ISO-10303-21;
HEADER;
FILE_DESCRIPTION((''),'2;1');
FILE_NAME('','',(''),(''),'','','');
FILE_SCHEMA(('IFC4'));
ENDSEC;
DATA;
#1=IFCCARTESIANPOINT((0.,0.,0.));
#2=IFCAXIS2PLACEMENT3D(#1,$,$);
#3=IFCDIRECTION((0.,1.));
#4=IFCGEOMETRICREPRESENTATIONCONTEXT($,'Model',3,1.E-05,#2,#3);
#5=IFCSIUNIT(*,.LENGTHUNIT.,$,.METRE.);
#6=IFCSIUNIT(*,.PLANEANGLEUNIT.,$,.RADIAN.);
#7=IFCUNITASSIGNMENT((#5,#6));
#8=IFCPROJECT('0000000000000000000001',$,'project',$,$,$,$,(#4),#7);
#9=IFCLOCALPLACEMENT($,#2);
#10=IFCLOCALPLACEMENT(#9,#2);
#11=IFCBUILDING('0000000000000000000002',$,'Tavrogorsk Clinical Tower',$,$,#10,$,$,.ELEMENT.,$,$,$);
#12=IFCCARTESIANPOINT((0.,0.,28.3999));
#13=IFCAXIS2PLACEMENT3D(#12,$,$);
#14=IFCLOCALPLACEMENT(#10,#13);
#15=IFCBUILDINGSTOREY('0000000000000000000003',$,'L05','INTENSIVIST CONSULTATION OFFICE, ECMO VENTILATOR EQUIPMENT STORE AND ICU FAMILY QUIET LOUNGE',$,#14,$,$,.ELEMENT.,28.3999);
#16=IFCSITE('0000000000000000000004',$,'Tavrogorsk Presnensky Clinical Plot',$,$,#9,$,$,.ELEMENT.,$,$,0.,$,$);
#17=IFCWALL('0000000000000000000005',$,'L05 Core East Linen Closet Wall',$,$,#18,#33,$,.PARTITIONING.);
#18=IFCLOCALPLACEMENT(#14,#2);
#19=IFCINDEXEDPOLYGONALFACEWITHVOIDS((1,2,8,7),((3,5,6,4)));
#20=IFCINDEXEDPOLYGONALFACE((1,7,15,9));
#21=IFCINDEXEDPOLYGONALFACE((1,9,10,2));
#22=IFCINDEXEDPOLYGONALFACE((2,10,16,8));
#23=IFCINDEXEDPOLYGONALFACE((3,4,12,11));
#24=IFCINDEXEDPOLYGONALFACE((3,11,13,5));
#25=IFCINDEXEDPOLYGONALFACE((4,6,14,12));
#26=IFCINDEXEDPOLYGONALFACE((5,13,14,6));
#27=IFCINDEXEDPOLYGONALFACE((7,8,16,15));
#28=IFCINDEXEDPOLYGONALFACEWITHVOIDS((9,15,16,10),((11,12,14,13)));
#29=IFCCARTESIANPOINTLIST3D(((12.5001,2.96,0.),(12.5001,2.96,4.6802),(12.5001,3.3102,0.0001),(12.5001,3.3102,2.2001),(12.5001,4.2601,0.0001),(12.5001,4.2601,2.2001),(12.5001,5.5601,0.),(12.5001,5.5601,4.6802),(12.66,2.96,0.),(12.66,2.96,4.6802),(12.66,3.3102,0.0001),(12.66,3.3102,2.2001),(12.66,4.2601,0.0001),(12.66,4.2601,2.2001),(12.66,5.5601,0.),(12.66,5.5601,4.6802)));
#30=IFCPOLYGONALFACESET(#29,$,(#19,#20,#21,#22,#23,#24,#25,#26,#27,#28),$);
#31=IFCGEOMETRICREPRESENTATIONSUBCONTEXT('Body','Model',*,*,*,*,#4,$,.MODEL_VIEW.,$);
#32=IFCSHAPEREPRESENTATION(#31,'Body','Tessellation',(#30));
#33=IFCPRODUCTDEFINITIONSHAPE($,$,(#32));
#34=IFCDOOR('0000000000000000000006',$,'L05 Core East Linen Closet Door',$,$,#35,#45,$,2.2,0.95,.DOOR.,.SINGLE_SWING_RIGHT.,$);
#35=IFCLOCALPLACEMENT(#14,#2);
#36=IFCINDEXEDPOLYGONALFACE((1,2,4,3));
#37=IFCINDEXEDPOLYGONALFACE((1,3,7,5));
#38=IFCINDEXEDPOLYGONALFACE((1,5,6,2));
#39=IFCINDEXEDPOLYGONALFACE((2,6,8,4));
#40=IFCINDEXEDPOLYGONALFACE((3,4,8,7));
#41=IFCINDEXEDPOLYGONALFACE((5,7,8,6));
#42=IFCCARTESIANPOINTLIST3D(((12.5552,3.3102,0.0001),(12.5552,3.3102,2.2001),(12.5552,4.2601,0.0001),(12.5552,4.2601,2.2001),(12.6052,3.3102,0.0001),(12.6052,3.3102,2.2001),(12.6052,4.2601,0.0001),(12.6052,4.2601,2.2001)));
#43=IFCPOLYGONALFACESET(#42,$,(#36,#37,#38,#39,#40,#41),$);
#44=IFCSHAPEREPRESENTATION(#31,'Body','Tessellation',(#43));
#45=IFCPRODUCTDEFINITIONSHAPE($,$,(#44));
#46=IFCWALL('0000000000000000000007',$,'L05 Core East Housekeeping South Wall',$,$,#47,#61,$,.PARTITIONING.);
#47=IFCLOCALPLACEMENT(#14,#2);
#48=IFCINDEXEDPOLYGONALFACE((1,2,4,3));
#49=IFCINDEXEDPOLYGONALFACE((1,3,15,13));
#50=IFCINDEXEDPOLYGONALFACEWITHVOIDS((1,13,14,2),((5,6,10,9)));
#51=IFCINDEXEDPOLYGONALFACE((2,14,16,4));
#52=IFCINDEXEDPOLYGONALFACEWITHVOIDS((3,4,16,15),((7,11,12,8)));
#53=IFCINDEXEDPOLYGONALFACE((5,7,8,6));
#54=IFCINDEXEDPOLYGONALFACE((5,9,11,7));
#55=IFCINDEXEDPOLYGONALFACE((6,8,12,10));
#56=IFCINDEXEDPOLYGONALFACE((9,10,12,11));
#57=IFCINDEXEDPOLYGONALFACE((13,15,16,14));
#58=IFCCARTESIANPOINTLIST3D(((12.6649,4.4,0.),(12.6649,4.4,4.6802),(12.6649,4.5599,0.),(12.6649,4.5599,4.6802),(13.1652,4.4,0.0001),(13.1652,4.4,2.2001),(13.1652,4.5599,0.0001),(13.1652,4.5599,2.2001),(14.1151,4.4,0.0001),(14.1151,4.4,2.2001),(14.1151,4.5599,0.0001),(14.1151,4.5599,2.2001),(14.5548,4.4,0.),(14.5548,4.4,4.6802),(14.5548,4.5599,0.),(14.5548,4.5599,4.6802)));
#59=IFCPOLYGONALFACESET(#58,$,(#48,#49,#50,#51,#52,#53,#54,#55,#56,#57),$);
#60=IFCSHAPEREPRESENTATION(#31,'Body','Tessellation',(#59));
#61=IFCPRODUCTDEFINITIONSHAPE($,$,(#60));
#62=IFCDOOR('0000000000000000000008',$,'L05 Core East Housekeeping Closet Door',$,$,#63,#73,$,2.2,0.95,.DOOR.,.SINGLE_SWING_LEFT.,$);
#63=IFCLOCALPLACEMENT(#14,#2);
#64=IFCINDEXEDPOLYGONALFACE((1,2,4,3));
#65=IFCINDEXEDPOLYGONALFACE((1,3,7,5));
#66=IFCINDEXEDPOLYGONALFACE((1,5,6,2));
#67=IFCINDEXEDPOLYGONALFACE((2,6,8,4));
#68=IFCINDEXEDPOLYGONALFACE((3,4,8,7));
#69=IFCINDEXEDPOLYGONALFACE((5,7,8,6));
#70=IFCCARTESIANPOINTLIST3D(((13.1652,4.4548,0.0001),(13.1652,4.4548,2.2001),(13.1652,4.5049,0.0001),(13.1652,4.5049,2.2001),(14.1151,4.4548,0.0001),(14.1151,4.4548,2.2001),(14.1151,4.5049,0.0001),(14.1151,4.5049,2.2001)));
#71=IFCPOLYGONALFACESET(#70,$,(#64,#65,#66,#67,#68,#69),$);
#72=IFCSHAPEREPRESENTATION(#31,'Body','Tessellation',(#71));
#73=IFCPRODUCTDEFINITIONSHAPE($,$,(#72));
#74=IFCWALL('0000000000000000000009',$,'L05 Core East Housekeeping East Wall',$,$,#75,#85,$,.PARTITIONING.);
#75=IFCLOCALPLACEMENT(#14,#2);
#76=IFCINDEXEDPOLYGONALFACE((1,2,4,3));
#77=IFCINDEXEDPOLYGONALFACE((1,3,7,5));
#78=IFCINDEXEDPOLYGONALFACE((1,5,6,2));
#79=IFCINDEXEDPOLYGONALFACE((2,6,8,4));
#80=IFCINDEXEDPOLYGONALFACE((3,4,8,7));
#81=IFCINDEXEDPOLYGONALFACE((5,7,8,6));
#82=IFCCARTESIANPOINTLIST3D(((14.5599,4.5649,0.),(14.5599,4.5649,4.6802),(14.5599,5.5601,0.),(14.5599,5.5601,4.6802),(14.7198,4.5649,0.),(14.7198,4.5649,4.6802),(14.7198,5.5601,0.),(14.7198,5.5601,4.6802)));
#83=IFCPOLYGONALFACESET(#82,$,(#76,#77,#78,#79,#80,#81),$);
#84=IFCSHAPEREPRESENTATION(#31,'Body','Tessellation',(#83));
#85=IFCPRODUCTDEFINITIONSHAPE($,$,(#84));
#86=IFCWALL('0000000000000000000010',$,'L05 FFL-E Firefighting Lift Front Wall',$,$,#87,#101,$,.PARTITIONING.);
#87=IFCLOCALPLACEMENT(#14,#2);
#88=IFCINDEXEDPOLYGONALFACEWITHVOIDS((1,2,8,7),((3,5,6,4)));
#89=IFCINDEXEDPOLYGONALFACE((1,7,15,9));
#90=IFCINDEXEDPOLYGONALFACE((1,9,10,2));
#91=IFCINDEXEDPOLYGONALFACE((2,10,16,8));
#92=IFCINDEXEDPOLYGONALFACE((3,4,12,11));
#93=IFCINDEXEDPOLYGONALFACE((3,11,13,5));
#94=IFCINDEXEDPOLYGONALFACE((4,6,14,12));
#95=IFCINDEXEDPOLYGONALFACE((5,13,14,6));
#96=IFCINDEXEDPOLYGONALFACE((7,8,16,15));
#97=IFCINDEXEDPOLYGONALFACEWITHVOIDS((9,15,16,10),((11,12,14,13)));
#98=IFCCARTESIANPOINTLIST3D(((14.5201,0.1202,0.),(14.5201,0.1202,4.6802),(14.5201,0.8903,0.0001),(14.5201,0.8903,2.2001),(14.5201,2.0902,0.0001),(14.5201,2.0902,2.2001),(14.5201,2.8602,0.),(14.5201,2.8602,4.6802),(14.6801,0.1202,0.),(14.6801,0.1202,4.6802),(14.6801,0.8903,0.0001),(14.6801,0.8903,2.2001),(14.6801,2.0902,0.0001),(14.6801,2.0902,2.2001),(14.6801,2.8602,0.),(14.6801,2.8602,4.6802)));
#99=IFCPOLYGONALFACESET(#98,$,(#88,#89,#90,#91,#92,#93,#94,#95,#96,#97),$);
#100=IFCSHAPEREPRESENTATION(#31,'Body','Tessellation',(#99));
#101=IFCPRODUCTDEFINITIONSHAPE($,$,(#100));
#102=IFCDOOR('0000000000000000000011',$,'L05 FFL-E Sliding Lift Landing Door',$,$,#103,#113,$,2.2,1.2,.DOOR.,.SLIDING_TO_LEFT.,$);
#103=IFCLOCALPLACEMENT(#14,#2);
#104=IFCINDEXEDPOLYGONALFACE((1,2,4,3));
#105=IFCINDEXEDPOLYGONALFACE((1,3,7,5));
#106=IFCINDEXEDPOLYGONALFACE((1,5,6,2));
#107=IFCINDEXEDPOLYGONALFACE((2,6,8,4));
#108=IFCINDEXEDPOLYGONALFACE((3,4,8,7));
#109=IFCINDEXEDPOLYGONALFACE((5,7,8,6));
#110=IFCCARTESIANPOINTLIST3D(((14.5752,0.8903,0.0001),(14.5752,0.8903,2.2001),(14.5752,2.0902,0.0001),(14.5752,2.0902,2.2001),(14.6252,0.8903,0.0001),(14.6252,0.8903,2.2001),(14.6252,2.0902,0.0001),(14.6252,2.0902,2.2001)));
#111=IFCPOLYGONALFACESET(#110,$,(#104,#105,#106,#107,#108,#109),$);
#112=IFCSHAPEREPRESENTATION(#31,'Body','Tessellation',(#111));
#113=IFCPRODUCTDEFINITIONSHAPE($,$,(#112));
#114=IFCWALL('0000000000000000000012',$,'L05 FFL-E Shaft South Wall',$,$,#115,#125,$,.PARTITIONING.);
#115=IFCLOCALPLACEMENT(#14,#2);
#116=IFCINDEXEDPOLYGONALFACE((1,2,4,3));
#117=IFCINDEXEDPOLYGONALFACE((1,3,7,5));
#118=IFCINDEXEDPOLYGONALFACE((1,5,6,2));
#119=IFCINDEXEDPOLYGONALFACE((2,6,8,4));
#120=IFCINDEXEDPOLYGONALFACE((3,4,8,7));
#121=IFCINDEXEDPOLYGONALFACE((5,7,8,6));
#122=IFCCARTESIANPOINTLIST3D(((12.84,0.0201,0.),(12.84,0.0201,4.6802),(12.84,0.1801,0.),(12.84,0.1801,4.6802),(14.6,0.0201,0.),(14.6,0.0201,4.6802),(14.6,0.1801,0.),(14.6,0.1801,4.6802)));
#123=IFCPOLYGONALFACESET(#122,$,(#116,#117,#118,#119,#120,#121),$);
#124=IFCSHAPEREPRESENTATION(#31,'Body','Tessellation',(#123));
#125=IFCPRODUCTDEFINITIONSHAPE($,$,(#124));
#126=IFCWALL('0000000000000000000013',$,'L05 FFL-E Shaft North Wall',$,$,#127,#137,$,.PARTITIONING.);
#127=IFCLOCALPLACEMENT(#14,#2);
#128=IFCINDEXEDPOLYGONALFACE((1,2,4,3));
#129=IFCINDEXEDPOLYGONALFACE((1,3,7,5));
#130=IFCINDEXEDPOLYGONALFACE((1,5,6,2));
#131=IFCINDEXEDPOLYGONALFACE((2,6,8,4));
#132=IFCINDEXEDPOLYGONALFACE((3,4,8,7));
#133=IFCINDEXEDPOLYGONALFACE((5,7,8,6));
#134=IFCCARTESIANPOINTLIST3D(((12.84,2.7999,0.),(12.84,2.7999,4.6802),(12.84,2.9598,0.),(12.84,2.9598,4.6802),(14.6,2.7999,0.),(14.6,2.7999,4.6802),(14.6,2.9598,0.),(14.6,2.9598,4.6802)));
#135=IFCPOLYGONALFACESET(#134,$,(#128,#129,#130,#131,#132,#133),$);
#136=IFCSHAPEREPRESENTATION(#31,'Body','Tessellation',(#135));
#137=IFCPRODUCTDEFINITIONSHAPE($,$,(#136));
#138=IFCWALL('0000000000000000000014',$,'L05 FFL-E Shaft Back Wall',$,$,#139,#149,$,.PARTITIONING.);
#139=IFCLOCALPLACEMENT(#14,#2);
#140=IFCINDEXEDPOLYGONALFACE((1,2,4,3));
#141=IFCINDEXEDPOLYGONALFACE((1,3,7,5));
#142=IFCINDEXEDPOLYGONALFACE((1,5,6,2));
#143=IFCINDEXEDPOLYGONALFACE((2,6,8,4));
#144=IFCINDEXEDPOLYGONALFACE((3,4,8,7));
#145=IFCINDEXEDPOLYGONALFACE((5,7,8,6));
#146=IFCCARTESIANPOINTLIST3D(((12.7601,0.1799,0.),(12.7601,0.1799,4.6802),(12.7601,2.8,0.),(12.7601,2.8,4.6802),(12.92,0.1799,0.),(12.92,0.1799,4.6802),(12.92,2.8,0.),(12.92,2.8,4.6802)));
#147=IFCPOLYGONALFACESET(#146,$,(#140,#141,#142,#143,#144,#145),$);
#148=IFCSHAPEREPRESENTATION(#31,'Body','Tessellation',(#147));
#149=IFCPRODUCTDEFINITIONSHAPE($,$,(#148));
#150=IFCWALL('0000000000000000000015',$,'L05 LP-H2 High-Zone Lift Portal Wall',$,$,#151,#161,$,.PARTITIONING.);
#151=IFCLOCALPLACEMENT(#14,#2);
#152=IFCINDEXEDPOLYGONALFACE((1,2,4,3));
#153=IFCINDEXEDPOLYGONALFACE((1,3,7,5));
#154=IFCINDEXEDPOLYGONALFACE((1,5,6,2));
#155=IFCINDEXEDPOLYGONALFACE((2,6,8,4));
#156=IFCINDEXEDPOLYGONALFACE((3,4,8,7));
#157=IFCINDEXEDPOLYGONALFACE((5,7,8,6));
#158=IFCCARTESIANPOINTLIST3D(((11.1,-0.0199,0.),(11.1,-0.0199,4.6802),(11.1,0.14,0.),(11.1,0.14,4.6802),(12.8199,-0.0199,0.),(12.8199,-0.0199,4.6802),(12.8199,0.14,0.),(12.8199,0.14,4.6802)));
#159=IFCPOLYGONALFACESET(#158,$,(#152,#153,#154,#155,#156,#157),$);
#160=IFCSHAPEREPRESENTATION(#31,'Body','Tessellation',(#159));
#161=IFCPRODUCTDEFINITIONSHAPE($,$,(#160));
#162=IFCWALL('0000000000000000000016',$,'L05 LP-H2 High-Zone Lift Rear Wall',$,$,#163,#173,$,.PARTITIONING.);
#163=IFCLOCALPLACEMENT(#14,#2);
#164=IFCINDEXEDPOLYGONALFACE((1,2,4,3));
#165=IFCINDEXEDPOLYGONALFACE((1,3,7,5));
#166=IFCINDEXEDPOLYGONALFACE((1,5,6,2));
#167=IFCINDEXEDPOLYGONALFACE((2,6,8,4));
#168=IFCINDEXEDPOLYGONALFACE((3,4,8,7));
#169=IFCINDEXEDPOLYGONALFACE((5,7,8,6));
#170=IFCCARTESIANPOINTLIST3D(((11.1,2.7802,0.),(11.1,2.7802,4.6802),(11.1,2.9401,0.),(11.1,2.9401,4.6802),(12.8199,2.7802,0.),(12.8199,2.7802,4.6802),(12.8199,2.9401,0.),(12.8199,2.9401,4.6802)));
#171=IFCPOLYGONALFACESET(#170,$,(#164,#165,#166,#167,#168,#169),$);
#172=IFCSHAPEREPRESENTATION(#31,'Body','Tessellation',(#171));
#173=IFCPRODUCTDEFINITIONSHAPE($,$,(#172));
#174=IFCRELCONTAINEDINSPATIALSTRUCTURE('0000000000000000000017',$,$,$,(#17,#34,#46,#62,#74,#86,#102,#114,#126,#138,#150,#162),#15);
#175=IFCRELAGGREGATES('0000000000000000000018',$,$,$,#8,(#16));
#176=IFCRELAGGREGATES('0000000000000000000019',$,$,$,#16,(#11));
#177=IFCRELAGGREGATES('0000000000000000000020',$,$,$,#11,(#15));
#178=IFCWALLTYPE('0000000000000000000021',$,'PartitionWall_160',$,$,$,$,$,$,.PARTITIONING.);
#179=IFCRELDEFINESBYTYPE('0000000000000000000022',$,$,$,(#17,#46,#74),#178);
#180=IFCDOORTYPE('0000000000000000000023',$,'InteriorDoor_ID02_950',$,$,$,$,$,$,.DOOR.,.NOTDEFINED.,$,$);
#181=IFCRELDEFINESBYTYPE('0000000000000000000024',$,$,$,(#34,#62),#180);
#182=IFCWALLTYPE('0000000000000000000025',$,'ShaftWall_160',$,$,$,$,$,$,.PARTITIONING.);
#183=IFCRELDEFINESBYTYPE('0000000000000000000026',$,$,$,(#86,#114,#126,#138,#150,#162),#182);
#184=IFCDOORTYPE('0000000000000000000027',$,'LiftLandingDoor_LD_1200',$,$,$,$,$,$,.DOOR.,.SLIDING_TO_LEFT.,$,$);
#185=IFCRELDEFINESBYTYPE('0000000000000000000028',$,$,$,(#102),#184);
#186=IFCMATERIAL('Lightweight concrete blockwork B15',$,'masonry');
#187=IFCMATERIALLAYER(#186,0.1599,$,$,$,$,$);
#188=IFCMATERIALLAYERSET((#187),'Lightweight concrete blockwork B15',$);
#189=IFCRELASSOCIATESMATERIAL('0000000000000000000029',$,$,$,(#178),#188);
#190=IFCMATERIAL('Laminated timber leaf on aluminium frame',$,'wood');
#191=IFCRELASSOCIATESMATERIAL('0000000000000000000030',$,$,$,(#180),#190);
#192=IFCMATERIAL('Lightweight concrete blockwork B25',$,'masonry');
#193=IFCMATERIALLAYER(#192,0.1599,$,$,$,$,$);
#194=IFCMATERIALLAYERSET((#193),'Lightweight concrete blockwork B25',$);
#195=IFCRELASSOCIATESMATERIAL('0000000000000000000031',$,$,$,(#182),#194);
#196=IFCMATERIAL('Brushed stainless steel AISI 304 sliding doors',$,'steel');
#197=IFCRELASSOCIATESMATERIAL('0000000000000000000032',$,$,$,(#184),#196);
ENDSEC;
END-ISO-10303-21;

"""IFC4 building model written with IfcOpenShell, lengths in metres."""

from ifc_helpers import new_model, si_unit, direction, frame, frame_2d, origin, place, context, subcontext, project, spatial, rectangle, extrude, material, layer, layer_set, type_object, element, fill, save


model = new_model("IFC4")

# Units and contexts
model_context = context("Model", 3, precision=1e-05, world=origin(), true_north=direction((0.0, 1.0)))
body_context = subcontext(model_context, "Body", "Model", "MODEL_VIEW")
ifc_project = project(units=[si_unit("LENGTHUNIT", "METRE"), si_unit("PLANEANGLEUNIT", "RADIAN")], contexts=[model_context])

# Site, building, storey
site_placement = place(None, origin())
site = spatial("IfcSite", under=ifc_project, at=site_placement, Name="Tavrogorsk Presnensky Clinical Plot", CompositionType="ELEMENT", RefElevation=0.0)
building_placement = place(site_placement, origin())
building = spatial("IfcBuilding", under=site, at=building_placement, Name="Tavrogorsk Clinical Tower", CompositionType="ELEMENT")
storey_placement = place(building_placement, frame((0.0, 0.0, 28.3999)))
storey = spatial("IfcBuildingStorey", under=building, at=storey_placement, Name="L05", Description="INTENSIVIST CONSULTATION OFFICE, ECMO VENTILATOR EQUIPMENT STORE AND ICU FAMILY QUIET LOUNGE", CompositionType="ELEMENT", Elevation=28.3999)

# Walls, openings, doors
ifc_material_1 = material(Name="Lightweight concrete blockwork B15", Category="masonry")
ifc_layer_1 = layer(ifc_material_1, 0.1599)
ifc_layer_set_1 = layer_set([ifc_layer_1], Name="Lightweight concrete blockwork B15")
wall_type_1 = type_object("IfcWallType", Name="PartitionWall_160", PredefinedType="PARTITIONING", material=ifc_layer_set_1)
wall_1_placement = place(storey_placement, frame((12.5801, 2.96, 0.0), z_axis=(0.0, 0.0, 1.0), x_axis=(0.0, 1.0, 0.0)))
wall_1 = element("IfcWall", 1, at=wall_1_placement, inside=storey, type_object=wall_type_1, Name="L05 Core East Linen Closet Wall", PredefinedType="PARTITIONING", context=body_context, shape_type="SweptSolid", body=[
    extrude(rectangle(XDim=2.6001, YDim=0.1599, at=frame_2d((1.3, 0.0))), origin(), (0.0, 0.0, 1.0), 4.6802),
])
opening_1_placement = place(wall_1_placement, frame((0.3501, 0.0, 0.0)))
opening_1 = element("IfcOpeningElement", 2, at=opening_1_placement, cuts=wall_1, PredefinedType="OPENING", context=body_context, shape_type="SweptSolid", body=[
    extrude(rectangle(XDim=0.95, YDim=2.2, at=frame_2d((0.4751, 1.1001))), frame((0.0, 0.0898, 0.0), z_axis=(0.0, -1.0, 0.0), x_axis=(1.0, 0.0, 0.0)), (0.0, 0.0, 1.0), 0.1799),
])
ifc_material_2 = material(Name="Laminated timber leaf on aluminium frame", Category="wood")
door_type_1 = type_object("IfcDoorType", Name="InteriorDoor_ID02_950", OperationType="NOTDEFINED", PredefinedType="DOOR", material=ifc_material_2)
door_1_placement = place(opening_1_placement, origin())
door_1 = element("IfcDoor", 3, at=door_1_placement, inside=storey, type_object=door_type_1, Name="L05 Core East Linen Closet Door", OperationType="SINGLE_SWING_RIGHT", OverallHeight=2.2, OverallWidth=0.95, PredefinedType="DOOR", context=body_context, shape_type="SweptSolid", body=[
    extrude(rectangle(XDim=0.95, YDim=2.2, at=frame_2d((0.4751, 1.1001))), frame((0.0, 0.0249, 0.0), z_axis=(0.0, -1.0, 0.0), x_axis=(1.0, 0.0, 0.0)), (0.0, 0.0, 1.0), 0.05),
])
fill(opening_1, door_1)
wall_2_placement = place(storey_placement, frame((12.665, 4.48, 0.0), z_axis=(0.0, 0.0, 1.0), x_axis=(1.0, 0.0, 0.0)))
wall_2 = element("IfcWall", 4, at=wall_2_placement, inside=storey, type_object=wall_type_1, Name="L05 Core East Housekeeping South Wall", PredefinedType="PARTITIONING", context=body_context, shape_type="SweptSolid", body=[
    extrude(rectangle(XDim=1.8899, YDim=0.1599, at=frame_2d((0.9448, 0.0))), origin(), (0.0, 0.0, 1.0), 4.6802),
])
opening_2_placement = place(wall_2_placement, frame((0.5, 0.0, 0.0)))
opening_2 = element("IfcOpeningElement", 5, at=opening_2_placement, cuts=wall_2, PredefinedType="OPENING", context=body_context, shape_type="SweptSolid", body=[
    extrude(rectangle(XDim=0.95, YDim=2.2, at=frame_2d((0.4751, 1.1001))), frame((0.0, 0.0898, 0.0), z_axis=(0.0, -1.0, 0.0), x_axis=(1.0, 0.0, 0.0)), (0.0, 0.0, 1.0), 0.1799),
])
door_2_placement = place(opening_2_placement, origin())
door_2 = element("IfcDoor", 6, at=door_2_placement, inside=storey, type_object=door_type_1, Name="L05 Core East Housekeeping Closet Door", OperationType="SINGLE_SWING_LEFT", OverallHeight=2.2, OverallWidth=0.95, PredefinedType="DOOR", context=body_context, shape_type="SweptSolid", body=[
    extrude(rectangle(XDim=0.95, YDim=2.2, at=frame_2d((0.4751, 1.1001))), frame((0.0, 0.0249, 0.0), z_axis=(0.0, -1.0, 0.0), x_axis=(1.0, 0.0, 0.0)), (0.0, 0.0, 1.0), 0.05),
])
fill(opening_2, door_2)

# Wall
wall_3_placement = place(storey_placement, frame((14.6399, 4.5649, 0.0), z_axis=(0.0, 0.0, 1.0), x_axis=(0.0, 1.0, 0.0)))
element("IfcWall", 7, at=wall_3_placement, inside=storey, type_object=wall_type_1, Name="L05 Core East Housekeeping East Wall", PredefinedType="PARTITIONING", context=body_context, shape_type="SweptSolid", body=[
    extrude(rectangle(XDim=0.9951, YDim=0.1599, at=frame_2d((0.4976, 0.0))), origin(), (0.0, 0.0, 1.0), 4.6802),
])

# Wall, opening, door
ifc_material_3 = material(Name="Lightweight concrete blockwork B25", Category="masonry")
ifc_layer_2 = layer(ifc_material_3, 0.1599)
ifc_layer_set_2 = layer_set([ifc_layer_2], Name="Lightweight concrete blockwork B25")
wall_type_2 = type_object("IfcWallType", Name="ShaftWall_160", PredefinedType="PARTITIONING", material=ifc_layer_set_2)
wall_4_placement = place(storey_placement, frame((14.6001, 0.1201, 0.0), z_axis=(0.0, 0.0, 1.0), x_axis=(0.0, 1.0, 0.0)))
wall_4 = element("IfcWall", 8, at=wall_4_placement, inside=storey, type_object=wall_type_2, Name="L05 FFL-E Firefighting Lift Front Wall", PredefinedType="PARTITIONING", context=body_context, shape_type="SweptSolid", body=[
    extrude(rectangle(XDim=2.74, YDim=0.1599, at=frame_2d((1.3701, 0.0))), origin(), (0.0, 0.0, 1.0), 4.6802),
])
opening_3_placement = place(wall_4_placement, frame((0.77, 0.0, 0.0)))
opening_3 = element("IfcOpeningElement", 9, at=opening_3_placement, cuts=wall_4, PredefinedType="OPENING", context=body_context, shape_type="SweptSolid", body=[
    extrude(rectangle(XDim=1.2, YDim=2.2, at=frame_2d((0.6001, 1.1001))), frame((0.0, 0.0898, 0.0), z_axis=(0.0, -1.0, 0.0), x_axis=(1.0, 0.0, 0.0)), (0.0, 0.0, 1.0), 0.1799),
])
ifc_material_4 = material(Name="Brushed stainless steel AISI 304 sliding doors", Category="steel")
door_type_2 = type_object("IfcDoorType", Name="LiftLandingDoor_LD_1200", OperationType="SLIDING_TO_LEFT", PredefinedType="DOOR", material=ifc_material_4)
door_3_placement = place(opening_3_placement, origin())
door_3 = element("IfcDoor", 10, at=door_3_placement, inside=storey, type_object=door_type_2, Name="L05 FFL-E Sliding Lift Landing Door", OperationType="SLIDING_TO_LEFT", OverallHeight=2.2, OverallWidth=1.2, PredefinedType="DOOR", context=body_context, shape_type="SweptSolid", body=[
    extrude(rectangle(XDim=1.2, YDim=2.2, at=frame_2d((0.6001, 1.1001))), frame((0.0, 0.0249, 0.0), z_axis=(0.0, -1.0, 0.0), x_axis=(1.0, 0.0, 0.0)), (0.0, 0.0, 1.0), 0.05),
])
fill(opening_3, door_3)

# Walls
for number, where, z_axis, x_axis, name in (
    (11, (12.8401, 0.1001, 0.0), (0.0, 0.0, 1.0), (1.0, 0.0, 0.0), "L05 FFL-E Shaft South Wall"),
    (12, (12.8401, 2.8799, 0.0), (0.0, 0.0, 1.0), (1.0, 0.0, 0.0), "L05 FFL-E Shaft North Wall"),
):
    element("IfcWall", number, at=place(storey_placement, frame(where, z_axis=z_axis, x_axis=x_axis)), inside=storey, type_object=wall_type_2, Name=name, PredefinedType="PARTITIONING", context=body_context, shape_type="SweptSolid", body=[
        extrude(rectangle(XDim=1.76, YDim=0.1599, at=frame_2d((0.8799, 0.0))), origin(), (0.0, 0.0, 1.0), 4.6802),
    ])
wall_5_placement = place(storey_placement, frame((12.8401, 0.1799, 0.0), z_axis=(0.0, 0.0, 1.0), x_axis=(0.0, 1.0, 0.0)))
element("IfcWall", 13, at=wall_5_placement, inside=storey, type_object=wall_type_2, Name="L05 FFL-E Shaft Back Wall", PredefinedType="PARTITIONING", context=body_context, shape_type="SweptSolid", body=[
    extrude(rectangle(XDim=2.6201, YDim=0.1599, at=frame_2d((1.3101, 0.0))), origin(), (0.0, 0.0, 1.0), 4.6802),
])
for number, where, z_axis, x_axis, name in (
    (14, (11.1001, 0.0601, 0.0), (0.0, 0.0, 1.0), (1.0, 0.0, 0.0), "L05 LP-H2 High-Zone Lift Portal Wall"),
    (15, (11.1001, 2.8601, 0.0), (0.0, 0.0, 1.0), (1.0, 0.0, 0.0), "L05 LP-H2 High-Zone Lift Rear Wall"),
):
    element("IfcWall", number, at=place(storey_placement, frame(where, z_axis=z_axis, x_axis=x_axis)), inside=storey, type_object=wall_type_2, Name=name, PredefinedType="PARTITIONING", context=body_context, shape_type="SweptSolid", body=[
        extrude(rectangle(XDim=1.72, YDim=0.1599, at=frame_2d((0.8599, 0.0))), origin(), (0.0, 0.0, 1.0), 4.6802),
    ])

save(model, "model.ifc")
